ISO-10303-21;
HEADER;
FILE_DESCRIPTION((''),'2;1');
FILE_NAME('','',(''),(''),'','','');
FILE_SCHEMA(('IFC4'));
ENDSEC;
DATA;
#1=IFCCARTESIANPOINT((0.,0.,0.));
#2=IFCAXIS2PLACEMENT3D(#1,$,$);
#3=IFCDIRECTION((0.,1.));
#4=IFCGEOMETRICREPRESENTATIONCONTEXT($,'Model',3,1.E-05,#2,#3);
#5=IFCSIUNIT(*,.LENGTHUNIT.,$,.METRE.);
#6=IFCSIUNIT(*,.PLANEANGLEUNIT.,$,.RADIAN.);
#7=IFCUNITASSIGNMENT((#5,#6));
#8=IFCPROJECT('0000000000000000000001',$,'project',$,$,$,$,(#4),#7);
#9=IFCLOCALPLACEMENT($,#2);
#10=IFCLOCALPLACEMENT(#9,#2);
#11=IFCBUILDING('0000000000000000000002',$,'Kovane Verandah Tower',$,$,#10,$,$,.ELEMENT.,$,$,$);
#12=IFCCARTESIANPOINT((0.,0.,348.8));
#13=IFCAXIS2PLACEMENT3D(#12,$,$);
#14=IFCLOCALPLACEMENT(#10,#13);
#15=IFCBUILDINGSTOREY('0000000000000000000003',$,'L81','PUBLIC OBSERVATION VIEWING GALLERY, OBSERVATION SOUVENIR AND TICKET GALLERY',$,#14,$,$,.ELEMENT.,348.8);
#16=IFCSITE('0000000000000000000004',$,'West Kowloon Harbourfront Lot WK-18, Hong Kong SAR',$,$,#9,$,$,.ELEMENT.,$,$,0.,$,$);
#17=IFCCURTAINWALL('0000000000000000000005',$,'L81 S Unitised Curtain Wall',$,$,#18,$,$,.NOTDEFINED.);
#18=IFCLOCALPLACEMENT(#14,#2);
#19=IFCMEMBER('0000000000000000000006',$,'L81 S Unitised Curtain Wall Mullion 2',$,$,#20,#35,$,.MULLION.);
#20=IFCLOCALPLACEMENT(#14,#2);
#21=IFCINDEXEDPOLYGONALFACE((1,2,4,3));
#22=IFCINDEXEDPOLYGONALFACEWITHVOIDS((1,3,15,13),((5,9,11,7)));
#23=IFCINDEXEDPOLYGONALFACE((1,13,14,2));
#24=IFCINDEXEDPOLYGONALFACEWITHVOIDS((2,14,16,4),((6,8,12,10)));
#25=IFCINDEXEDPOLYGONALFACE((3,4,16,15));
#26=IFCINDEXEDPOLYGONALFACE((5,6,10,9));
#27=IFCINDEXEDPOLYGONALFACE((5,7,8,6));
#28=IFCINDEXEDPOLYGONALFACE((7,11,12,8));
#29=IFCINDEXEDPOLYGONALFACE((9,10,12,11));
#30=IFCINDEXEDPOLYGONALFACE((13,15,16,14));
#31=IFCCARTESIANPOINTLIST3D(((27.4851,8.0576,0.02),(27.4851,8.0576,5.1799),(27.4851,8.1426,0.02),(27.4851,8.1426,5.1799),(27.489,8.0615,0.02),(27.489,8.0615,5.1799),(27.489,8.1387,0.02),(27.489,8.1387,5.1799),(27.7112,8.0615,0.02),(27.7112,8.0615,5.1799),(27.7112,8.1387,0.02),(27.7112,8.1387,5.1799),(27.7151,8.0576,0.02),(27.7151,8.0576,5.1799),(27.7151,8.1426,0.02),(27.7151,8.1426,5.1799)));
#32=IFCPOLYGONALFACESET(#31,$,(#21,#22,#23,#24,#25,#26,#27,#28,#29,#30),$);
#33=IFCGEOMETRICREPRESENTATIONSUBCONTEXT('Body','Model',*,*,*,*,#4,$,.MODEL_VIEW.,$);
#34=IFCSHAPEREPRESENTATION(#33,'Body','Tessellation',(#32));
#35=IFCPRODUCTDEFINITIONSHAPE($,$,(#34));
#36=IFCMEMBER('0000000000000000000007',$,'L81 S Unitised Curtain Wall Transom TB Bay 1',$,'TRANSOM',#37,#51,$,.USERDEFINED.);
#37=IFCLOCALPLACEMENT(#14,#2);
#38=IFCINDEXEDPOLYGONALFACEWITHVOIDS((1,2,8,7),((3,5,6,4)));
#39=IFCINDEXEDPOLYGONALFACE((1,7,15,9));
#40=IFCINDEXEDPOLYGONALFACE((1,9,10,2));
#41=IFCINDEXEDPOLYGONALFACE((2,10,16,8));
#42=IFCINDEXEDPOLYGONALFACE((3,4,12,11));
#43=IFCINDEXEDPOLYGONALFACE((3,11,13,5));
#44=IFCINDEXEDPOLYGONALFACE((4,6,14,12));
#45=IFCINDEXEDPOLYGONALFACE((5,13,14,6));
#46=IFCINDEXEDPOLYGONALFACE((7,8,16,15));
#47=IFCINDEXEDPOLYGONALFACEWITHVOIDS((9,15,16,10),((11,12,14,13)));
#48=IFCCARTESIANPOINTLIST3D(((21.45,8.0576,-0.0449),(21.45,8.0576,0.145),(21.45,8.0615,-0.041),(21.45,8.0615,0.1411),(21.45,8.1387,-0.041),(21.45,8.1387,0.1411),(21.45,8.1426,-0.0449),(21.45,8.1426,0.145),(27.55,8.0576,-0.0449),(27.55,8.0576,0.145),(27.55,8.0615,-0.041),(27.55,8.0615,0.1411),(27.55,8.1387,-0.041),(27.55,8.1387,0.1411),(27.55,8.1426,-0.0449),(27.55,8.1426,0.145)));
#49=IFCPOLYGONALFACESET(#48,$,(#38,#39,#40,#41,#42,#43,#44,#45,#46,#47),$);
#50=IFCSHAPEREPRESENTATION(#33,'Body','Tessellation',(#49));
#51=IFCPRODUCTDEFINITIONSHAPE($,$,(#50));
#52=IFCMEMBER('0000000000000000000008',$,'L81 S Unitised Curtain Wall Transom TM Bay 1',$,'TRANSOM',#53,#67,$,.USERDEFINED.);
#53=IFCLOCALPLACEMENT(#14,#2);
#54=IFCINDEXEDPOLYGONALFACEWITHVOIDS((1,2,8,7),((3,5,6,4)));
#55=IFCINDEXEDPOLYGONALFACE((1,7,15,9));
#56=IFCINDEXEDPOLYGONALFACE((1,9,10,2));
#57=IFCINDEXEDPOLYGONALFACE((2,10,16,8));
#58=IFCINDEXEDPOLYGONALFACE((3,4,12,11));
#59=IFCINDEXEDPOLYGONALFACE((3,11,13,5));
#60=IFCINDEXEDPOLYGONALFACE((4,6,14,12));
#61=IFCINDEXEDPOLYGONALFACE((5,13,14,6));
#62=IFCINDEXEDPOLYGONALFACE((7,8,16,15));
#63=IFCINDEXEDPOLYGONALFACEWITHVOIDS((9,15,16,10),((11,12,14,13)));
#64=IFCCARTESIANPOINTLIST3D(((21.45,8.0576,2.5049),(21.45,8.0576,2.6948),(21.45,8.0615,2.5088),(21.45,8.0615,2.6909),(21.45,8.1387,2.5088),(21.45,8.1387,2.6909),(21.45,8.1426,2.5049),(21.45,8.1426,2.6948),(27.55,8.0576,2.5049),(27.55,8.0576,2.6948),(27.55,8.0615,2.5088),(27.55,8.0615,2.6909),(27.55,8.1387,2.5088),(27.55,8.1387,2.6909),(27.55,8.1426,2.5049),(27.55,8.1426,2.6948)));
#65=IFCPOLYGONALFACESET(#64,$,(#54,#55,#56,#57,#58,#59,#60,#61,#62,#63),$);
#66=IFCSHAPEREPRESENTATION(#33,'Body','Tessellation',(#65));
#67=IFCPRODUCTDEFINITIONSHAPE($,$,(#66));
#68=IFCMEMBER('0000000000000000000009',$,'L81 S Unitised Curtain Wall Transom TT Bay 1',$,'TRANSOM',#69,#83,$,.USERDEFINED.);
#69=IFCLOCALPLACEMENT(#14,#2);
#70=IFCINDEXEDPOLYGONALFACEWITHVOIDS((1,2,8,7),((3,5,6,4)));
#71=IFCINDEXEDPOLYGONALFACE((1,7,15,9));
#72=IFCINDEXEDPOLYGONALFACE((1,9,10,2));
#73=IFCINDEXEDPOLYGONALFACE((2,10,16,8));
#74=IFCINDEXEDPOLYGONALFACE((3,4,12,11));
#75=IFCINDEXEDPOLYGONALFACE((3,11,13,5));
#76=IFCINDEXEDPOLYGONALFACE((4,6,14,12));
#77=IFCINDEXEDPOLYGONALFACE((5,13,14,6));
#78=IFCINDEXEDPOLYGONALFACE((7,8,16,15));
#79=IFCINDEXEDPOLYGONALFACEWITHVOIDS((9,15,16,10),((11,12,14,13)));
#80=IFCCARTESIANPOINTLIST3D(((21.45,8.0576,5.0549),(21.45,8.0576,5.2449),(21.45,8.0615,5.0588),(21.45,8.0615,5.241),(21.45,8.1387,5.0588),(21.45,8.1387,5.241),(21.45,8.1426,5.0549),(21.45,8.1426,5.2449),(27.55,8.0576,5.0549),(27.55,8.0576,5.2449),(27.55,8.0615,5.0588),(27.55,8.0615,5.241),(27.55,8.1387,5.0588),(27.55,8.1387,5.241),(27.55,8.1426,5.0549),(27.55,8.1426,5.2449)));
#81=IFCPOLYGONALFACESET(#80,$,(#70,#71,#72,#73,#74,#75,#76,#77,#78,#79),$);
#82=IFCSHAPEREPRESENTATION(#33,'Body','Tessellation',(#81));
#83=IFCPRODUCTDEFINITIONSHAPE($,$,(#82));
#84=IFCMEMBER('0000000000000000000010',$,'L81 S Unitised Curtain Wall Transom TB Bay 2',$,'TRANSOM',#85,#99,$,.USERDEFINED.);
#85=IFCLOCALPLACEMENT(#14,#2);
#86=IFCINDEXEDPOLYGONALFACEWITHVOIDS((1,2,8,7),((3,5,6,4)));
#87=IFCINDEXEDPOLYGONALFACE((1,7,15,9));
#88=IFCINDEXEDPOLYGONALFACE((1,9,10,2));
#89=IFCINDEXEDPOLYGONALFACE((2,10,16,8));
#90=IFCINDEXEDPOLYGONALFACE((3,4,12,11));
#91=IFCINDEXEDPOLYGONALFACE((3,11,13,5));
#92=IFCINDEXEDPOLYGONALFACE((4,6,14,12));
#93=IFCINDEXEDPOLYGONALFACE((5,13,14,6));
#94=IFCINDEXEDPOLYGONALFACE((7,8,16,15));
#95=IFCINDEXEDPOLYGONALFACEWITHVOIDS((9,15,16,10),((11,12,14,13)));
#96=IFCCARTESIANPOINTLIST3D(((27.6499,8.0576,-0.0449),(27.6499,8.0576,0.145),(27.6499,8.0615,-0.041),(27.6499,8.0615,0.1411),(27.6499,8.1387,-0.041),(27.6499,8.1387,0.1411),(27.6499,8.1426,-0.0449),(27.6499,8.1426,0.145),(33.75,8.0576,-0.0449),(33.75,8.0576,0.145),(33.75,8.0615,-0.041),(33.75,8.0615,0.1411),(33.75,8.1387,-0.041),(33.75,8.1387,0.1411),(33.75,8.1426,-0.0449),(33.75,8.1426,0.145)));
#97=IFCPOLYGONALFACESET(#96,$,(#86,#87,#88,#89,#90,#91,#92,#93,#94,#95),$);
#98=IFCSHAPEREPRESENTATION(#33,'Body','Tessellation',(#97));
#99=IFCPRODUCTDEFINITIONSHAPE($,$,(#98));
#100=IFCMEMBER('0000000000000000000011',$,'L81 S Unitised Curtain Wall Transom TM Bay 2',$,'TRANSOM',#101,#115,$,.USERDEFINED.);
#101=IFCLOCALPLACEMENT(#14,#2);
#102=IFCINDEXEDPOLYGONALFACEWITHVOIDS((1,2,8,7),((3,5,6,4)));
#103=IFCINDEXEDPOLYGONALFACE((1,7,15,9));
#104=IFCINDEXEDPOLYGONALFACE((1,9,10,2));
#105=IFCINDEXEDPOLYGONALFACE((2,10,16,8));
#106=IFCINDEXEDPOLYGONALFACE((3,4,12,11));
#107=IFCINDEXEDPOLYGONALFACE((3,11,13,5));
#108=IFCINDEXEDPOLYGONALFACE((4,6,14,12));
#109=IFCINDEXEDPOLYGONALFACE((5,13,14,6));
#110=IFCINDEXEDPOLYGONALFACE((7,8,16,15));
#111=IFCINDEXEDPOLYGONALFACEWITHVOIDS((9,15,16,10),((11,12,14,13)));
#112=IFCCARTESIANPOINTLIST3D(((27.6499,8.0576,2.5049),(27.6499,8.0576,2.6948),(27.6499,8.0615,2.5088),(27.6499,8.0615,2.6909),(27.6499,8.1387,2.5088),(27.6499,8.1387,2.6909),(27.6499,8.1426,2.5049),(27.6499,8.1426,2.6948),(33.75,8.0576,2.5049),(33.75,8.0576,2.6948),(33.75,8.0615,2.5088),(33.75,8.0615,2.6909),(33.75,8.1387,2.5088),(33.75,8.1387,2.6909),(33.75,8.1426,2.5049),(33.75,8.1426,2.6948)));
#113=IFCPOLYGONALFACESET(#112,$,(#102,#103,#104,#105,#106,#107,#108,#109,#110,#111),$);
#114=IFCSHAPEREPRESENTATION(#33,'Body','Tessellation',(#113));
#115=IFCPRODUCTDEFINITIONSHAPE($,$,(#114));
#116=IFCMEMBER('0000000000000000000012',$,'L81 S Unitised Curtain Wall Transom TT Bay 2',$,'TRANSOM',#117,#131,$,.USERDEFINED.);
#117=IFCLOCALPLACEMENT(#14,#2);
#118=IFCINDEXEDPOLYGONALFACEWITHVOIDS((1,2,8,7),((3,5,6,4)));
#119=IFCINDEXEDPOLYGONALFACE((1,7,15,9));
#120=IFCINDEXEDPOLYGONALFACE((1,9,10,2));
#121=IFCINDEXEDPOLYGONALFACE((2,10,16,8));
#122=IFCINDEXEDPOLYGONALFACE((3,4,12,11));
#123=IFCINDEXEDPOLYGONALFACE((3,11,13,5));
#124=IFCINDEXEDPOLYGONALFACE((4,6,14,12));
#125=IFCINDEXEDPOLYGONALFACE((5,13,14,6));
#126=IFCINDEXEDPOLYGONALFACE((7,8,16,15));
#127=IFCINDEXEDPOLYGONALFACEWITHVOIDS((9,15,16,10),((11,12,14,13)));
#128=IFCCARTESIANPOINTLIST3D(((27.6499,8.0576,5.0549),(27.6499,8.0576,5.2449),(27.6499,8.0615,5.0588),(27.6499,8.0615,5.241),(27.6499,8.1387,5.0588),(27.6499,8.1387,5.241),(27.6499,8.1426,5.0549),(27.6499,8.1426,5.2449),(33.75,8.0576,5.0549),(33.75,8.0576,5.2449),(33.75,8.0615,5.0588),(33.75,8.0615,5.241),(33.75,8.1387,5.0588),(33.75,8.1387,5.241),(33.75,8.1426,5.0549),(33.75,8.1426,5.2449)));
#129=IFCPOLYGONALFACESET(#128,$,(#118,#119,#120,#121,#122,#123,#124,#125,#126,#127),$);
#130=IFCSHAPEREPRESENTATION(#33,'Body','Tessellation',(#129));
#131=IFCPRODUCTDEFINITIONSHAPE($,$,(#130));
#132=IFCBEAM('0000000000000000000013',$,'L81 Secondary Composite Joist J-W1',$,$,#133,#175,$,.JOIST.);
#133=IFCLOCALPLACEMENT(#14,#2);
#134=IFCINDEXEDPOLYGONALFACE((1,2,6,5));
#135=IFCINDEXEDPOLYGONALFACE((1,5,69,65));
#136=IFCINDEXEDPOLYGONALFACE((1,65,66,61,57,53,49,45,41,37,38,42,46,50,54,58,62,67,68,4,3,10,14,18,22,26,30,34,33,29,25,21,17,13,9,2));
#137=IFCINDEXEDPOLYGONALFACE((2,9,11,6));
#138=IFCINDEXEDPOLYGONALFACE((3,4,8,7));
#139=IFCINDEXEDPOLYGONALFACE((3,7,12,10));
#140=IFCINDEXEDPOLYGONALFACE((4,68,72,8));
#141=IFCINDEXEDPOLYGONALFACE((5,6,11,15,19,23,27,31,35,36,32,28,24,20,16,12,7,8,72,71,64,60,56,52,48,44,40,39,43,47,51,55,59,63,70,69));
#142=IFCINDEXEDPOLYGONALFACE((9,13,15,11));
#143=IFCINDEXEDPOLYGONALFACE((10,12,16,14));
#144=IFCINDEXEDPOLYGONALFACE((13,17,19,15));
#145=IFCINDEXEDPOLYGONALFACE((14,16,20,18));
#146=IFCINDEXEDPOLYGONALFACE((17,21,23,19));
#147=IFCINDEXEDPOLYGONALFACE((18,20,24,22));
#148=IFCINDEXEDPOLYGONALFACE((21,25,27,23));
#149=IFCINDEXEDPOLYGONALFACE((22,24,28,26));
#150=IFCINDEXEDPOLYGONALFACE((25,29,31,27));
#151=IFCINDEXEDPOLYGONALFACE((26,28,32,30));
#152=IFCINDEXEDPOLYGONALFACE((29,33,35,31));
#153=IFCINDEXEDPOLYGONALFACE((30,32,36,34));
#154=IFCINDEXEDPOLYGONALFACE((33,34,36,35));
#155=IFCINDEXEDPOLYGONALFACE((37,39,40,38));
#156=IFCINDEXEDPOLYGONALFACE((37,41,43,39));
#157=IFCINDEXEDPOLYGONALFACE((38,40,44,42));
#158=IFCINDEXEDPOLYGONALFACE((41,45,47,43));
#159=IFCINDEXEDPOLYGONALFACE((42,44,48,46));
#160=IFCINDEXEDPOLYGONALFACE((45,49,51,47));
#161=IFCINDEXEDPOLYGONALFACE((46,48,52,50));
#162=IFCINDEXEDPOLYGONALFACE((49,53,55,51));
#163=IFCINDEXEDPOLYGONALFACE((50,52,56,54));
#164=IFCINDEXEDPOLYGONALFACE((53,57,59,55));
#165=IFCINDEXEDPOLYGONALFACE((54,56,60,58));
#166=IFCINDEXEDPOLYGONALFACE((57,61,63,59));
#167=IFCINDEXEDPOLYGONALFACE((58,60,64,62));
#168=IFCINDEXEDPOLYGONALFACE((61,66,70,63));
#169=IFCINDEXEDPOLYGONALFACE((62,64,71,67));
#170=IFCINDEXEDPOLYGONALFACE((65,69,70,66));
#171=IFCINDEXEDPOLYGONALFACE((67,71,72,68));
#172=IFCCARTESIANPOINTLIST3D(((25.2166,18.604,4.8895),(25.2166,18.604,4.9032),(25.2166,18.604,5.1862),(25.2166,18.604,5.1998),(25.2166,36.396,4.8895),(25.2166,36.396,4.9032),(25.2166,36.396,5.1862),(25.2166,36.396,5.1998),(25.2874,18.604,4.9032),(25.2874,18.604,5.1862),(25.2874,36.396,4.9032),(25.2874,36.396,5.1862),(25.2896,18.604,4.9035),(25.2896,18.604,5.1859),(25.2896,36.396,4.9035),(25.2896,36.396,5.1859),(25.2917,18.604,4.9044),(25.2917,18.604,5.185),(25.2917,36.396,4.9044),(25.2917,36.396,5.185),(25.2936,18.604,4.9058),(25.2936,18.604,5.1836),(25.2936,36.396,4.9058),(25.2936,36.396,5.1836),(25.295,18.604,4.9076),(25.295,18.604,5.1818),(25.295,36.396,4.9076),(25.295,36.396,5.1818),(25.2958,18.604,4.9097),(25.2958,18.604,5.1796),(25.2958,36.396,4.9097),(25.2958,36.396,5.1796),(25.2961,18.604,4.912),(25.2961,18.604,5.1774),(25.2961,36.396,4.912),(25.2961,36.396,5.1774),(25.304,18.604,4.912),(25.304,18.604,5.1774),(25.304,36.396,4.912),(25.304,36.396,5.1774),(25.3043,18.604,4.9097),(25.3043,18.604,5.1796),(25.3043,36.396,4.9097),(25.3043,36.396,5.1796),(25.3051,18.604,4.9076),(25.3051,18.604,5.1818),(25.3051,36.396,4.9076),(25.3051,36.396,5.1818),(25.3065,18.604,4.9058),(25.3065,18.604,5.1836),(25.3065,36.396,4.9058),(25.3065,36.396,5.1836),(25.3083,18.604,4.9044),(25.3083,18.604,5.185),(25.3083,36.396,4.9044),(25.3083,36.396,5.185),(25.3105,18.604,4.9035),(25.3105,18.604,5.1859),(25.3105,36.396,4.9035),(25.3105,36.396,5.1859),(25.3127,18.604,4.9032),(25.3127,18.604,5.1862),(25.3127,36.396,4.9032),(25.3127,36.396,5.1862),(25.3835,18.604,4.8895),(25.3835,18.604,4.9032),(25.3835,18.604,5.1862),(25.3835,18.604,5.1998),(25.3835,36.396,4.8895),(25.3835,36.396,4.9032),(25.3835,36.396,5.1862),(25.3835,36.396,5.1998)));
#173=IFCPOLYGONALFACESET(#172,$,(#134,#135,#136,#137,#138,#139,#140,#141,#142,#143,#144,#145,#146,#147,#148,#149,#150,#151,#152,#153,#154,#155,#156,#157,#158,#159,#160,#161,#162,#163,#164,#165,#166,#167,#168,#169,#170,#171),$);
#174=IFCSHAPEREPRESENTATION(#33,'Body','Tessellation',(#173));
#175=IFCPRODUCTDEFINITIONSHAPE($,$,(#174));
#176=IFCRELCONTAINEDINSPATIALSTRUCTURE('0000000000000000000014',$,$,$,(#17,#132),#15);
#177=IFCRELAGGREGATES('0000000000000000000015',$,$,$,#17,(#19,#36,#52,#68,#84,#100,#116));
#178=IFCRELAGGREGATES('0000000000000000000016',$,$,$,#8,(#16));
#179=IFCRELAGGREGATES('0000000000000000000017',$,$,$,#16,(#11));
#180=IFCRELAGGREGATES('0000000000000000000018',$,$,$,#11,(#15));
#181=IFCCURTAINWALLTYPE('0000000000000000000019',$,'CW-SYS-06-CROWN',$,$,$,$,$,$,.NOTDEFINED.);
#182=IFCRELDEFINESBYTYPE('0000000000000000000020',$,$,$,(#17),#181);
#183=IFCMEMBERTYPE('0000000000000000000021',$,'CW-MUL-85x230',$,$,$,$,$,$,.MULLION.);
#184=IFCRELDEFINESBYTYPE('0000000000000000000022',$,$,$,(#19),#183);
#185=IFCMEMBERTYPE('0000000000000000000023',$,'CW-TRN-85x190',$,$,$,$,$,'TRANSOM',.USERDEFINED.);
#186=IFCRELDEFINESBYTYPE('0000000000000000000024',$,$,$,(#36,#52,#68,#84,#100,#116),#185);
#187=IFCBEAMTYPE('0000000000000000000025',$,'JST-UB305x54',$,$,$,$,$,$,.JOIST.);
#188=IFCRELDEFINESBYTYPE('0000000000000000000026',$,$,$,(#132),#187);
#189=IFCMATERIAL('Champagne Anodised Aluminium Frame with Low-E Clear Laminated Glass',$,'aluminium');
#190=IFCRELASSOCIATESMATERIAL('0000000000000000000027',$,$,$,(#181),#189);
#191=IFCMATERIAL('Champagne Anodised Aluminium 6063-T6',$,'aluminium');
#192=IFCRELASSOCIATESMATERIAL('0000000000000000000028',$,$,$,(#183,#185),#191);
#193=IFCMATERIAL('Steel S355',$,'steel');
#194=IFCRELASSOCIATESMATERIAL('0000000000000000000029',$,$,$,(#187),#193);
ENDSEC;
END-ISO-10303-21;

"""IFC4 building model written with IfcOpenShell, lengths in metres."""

from ifc_helpers import new_model, si_unit, direction, frame, origin, origin_2d, place, context, subcontext, project, spatial, hollow_rectangle, i_section, extrude, material, material_profile, profile_set, type_object, element, aggregate, save


model = new_model("IFC4")

# Units and contexts
model_context = context("Model", 3, precision=1e-05, world=origin(), true_north=direction((0.0, 1.0)))
body_context = subcontext(model_context, "Body", "Model", "MODEL_VIEW")
ifc_project = project(units=[si_unit("LENGTHUNIT", "METRE"), si_unit("PLANEANGLEUNIT", "RADIAN")], contexts=[model_context])

# Site, building, storey
site_placement = place(None, origin())
site = spatial("IfcSite", under=ifc_project, at=site_placement, Name="West Kowloon Harbourfront Lot WK-18, Hong Kong SAR", CompositionType="ELEMENT", RefElevation=0.0)
building_placement = place(site_placement, origin())
building = spatial("IfcBuilding", under=site, at=building_placement, Name="Kovane Verandah Tower", CompositionType="ELEMENT")
storey_placement = place(building_placement, frame((0.0, 0.0, 348.8)))
storey = spatial("IfcBuildingStorey", under=building, at=storey_placement, Name="L81", Description="PUBLIC OBSERVATION VIEWING GALLERY, OBSERVATION SOUVENIR AND TICKET GALLERY", CompositionType="ELEMENT", Elevation=348.8)

# Shared definitions
ifc_material_1 = material(Name="Steel S355", Category="steel")

# Curtain wall, members
ifc_material_2 = material(Name="Champagne Anodised Aluminium Frame with Low-E Clear Laminated Glass", Category="aluminium")
curtain_wall_type = type_object("IfcCurtainWallType", Name="CW-SYS-06-CROWN", PredefinedType="NOTDEFINED", material=ifc_material_2)
curtain_wall_placement = place(storey_placement, origin())
curtain_wall = element("IfcCurtainWall", 1, at=curtain_wall_placement, inside=storey, type_object=curtain_wall_type, Name="L81 S Unitised Curtain Wall", PredefinedType="NOTDEFINED")
ifc_material_3 = material(Name="Champagne Anodised Aluminium 6063-T6", Category="aluminium")
ifc_material_profile_1 = material_profile(ifc_material_3, hollow_rectangle(XDim=0.085, YDim=0.23, WallThickness=0.0039, at=origin_2d()), Name="AL85x230x4")
ifc_profile_set_1 = profile_set([ifc_material_profile_1], Name="Champagne Anodised Aluminium 6063-T6")
member_type_1 = type_object("IfcMemberType", Name="CW-MUL-85x230", PredefinedType="MULLION", material=ifc_profile_set_1)
member_1_placement = place(storey_placement, frame((27.6001, 8.1001, 0.02), z_axis=(0.0, 0.0, 1.0), x_axis=(0.0, -1.0, 0.0)))
member_1 = element("IfcMember", 2, at=member_1_placement, type_object=member_type_1, Name="L81 S Unitised Curtain Wall Mullion 2", PredefinedType="MULLION", context=body_context, shape_type="SweptSolid", body=[
    extrude(hollow_rectangle(XDim=0.085, YDim=0.23, WallThickness=0.0039, at=origin_2d()), origin(), (0.0, 0.0, 1.0), 5.1599),
])
ifc_material_profile_2 = material_profile(ifc_material_3, hollow_rectangle(XDim=0.085, YDim=0.1899, WallThickness=0.0039, at=origin_2d()), Name="AL85x190x4")
ifc_profile_set_2 = profile_set([ifc_material_profile_2], Name="Champagne Anodised Aluminium 6063-T6")
member_type_2 = type_object("IfcMemberType", Name="CW-TRN-85x190", ElementType="TRANSOM", PredefinedType="USERDEFINED", material=ifc_profile_set_2)
member_2_placement = place(storey_placement, frame((21.45, 8.1001, 0.05), z_axis=(1.0, 0.0, 0.0), x_axis=(0.0, 1.0, 0.0)))
member_2 = element("IfcMember", 3, at=member_2_placement, type_object=member_type_2, Name="L81 S Unitised Curtain Wall Transom TB Bay 1", ObjectType="TRANSOM", PredefinedType="USERDEFINED", context=body_context, shape_type="SweptSolid", body=[
    extrude(hollow_rectangle(XDim=0.085, YDim=0.1899, WallThickness=0.0039, at=origin_2d()), origin(), (0.0, 0.0, 1.0), 6.1001),
])
member_3_placement = place(storey_placement, frame((21.45, 8.1001, 2.5999), z_axis=(1.0, 0.0, 0.0), x_axis=(0.0, 1.0, 0.0)))
member_3 = element("IfcMember", 4, at=member_3_placement, type_object=member_type_2, Name="L81 S Unitised Curtain Wall Transom TM Bay 1", ObjectType="TRANSOM", PredefinedType="USERDEFINED", context=body_context, shape_type="SweptSolid", body=[
    extrude(hollow_rectangle(XDim=0.085, YDim=0.1899, WallThickness=0.0039, at=origin_2d()), origin(), (0.0, 0.0, 1.0), 6.1001),
])
member_4_placement = place(storey_placement, frame((21.45, 8.1001, 5.1499), z_axis=(1.0, 0.0, 0.0), x_axis=(0.0, 1.0, 0.0)))
member_4 = element("IfcMember", 5, at=member_4_placement, type_object=member_type_2, Name="L81 S Unitised Curtain Wall Transom TT Bay 1", ObjectType="TRANSOM", PredefinedType="USERDEFINED", context=body_context, shape_type="SweptSolid", body=[
    extrude(hollow_rectangle(XDim=0.085, YDim=0.1899, WallThickness=0.0039, at=origin_2d()), origin(), (0.0, 0.0, 1.0), 6.1001),
])
member_5_placement = place(storey_placement, frame((27.6499, 8.1001, 0.05), z_axis=(1.0, 0.0, 0.0), x_axis=(0.0, 1.0, 0.0)))
member_5 = element("IfcMember", 6, at=member_5_placement, type_object=member_type_2, Name="L81 S Unitised Curtain Wall Transom TB Bay 2", ObjectType="TRANSOM", PredefinedType="USERDEFINED", context=body_context, shape_type="SweptSolid", body=[
    extrude(hollow_rectangle(XDim=0.085, YDim=0.1899, WallThickness=0.0039, at=origin_2d()), origin(), (0.0, 0.0, 1.0), 6.1001),
])
member_6_placement = place(storey_placement, frame((27.6499, 8.1001, 2.5999), z_axis=(1.0, 0.0, 0.0), x_axis=(0.0, 1.0, 0.0)))
member_6 = element("IfcMember", 7, at=member_6_placement, type_object=member_type_2, Name="L81 S Unitised Curtain Wall Transom TM Bay 2", ObjectType="TRANSOM", PredefinedType="USERDEFINED", context=body_context, shape_type="SweptSolid", body=[
    extrude(hollow_rectangle(XDim=0.085, YDim=0.1899, WallThickness=0.0039, at=origin_2d()), origin(), (0.0, 0.0, 1.0), 6.1001),
])
member_7_placement = place(storey_placement, frame((27.6499, 8.1001, 5.1499), z_axis=(1.0, 0.0, 0.0), x_axis=(0.0, 1.0, 0.0)))
member_7 = element("IfcMember", 8, at=member_7_placement, type_object=member_type_2, Name="L81 S Unitised Curtain Wall Transom TT Bay 2", ObjectType="TRANSOM", PredefinedType="USERDEFINED", context=body_context, shape_type="SweptSolid", body=[
    extrude(hollow_rectangle(XDim=0.085, YDim=0.1899, WallThickness=0.0039, at=origin_2d()), origin(), (0.0, 0.0, 1.0), 6.1001),
])

# Beam
ifc_material_profile_3 = material_profile(ifc_material_1, i_section(OverallWidth=0.167, OverallDepth=0.3103, WebThickness=0.0078, FlangeThickness=0.0137, FilletRadius=0.0088, at=origin_2d()), Name="UB305x165x54")
ifc_profile_set_3 = profile_set([ifc_material_profile_3], Name="Steel S355")
beam_type_1 = type_object("IfcBeamType", Name="JST-UB305x54", PredefinedType="JOIST", material=ifc_profile_set_3)
beam_1_placement = place(storey_placement, frame((25.3, 18.604, 5.0447), z_axis=(0.0, 1.0, 0.0), x_axis=(-1.0, 0.0, 0.0)))
element("IfcBeam", 9, at=beam_1_placement, inside=storey, type_object=beam_type_1, Name="L81 Secondary Composite Joist J-W1", PredefinedType="JOIST", context=body_context, shape_type="SweptSolid", body=[
    extrude(i_section(OverallWidth=0.167, OverallDepth=0.3103, WebThickness=0.0078, FlangeThickness=0.0137, FilletRadius=0.0088, at=origin_2d()), origin(), (0.0, 0.0, 1.0), 17.792),
])

aggregate(curtain_wall, [member_1, member_2, member_3, member_4, member_5, member_6, member_7])

save(model, "model.ifc")
